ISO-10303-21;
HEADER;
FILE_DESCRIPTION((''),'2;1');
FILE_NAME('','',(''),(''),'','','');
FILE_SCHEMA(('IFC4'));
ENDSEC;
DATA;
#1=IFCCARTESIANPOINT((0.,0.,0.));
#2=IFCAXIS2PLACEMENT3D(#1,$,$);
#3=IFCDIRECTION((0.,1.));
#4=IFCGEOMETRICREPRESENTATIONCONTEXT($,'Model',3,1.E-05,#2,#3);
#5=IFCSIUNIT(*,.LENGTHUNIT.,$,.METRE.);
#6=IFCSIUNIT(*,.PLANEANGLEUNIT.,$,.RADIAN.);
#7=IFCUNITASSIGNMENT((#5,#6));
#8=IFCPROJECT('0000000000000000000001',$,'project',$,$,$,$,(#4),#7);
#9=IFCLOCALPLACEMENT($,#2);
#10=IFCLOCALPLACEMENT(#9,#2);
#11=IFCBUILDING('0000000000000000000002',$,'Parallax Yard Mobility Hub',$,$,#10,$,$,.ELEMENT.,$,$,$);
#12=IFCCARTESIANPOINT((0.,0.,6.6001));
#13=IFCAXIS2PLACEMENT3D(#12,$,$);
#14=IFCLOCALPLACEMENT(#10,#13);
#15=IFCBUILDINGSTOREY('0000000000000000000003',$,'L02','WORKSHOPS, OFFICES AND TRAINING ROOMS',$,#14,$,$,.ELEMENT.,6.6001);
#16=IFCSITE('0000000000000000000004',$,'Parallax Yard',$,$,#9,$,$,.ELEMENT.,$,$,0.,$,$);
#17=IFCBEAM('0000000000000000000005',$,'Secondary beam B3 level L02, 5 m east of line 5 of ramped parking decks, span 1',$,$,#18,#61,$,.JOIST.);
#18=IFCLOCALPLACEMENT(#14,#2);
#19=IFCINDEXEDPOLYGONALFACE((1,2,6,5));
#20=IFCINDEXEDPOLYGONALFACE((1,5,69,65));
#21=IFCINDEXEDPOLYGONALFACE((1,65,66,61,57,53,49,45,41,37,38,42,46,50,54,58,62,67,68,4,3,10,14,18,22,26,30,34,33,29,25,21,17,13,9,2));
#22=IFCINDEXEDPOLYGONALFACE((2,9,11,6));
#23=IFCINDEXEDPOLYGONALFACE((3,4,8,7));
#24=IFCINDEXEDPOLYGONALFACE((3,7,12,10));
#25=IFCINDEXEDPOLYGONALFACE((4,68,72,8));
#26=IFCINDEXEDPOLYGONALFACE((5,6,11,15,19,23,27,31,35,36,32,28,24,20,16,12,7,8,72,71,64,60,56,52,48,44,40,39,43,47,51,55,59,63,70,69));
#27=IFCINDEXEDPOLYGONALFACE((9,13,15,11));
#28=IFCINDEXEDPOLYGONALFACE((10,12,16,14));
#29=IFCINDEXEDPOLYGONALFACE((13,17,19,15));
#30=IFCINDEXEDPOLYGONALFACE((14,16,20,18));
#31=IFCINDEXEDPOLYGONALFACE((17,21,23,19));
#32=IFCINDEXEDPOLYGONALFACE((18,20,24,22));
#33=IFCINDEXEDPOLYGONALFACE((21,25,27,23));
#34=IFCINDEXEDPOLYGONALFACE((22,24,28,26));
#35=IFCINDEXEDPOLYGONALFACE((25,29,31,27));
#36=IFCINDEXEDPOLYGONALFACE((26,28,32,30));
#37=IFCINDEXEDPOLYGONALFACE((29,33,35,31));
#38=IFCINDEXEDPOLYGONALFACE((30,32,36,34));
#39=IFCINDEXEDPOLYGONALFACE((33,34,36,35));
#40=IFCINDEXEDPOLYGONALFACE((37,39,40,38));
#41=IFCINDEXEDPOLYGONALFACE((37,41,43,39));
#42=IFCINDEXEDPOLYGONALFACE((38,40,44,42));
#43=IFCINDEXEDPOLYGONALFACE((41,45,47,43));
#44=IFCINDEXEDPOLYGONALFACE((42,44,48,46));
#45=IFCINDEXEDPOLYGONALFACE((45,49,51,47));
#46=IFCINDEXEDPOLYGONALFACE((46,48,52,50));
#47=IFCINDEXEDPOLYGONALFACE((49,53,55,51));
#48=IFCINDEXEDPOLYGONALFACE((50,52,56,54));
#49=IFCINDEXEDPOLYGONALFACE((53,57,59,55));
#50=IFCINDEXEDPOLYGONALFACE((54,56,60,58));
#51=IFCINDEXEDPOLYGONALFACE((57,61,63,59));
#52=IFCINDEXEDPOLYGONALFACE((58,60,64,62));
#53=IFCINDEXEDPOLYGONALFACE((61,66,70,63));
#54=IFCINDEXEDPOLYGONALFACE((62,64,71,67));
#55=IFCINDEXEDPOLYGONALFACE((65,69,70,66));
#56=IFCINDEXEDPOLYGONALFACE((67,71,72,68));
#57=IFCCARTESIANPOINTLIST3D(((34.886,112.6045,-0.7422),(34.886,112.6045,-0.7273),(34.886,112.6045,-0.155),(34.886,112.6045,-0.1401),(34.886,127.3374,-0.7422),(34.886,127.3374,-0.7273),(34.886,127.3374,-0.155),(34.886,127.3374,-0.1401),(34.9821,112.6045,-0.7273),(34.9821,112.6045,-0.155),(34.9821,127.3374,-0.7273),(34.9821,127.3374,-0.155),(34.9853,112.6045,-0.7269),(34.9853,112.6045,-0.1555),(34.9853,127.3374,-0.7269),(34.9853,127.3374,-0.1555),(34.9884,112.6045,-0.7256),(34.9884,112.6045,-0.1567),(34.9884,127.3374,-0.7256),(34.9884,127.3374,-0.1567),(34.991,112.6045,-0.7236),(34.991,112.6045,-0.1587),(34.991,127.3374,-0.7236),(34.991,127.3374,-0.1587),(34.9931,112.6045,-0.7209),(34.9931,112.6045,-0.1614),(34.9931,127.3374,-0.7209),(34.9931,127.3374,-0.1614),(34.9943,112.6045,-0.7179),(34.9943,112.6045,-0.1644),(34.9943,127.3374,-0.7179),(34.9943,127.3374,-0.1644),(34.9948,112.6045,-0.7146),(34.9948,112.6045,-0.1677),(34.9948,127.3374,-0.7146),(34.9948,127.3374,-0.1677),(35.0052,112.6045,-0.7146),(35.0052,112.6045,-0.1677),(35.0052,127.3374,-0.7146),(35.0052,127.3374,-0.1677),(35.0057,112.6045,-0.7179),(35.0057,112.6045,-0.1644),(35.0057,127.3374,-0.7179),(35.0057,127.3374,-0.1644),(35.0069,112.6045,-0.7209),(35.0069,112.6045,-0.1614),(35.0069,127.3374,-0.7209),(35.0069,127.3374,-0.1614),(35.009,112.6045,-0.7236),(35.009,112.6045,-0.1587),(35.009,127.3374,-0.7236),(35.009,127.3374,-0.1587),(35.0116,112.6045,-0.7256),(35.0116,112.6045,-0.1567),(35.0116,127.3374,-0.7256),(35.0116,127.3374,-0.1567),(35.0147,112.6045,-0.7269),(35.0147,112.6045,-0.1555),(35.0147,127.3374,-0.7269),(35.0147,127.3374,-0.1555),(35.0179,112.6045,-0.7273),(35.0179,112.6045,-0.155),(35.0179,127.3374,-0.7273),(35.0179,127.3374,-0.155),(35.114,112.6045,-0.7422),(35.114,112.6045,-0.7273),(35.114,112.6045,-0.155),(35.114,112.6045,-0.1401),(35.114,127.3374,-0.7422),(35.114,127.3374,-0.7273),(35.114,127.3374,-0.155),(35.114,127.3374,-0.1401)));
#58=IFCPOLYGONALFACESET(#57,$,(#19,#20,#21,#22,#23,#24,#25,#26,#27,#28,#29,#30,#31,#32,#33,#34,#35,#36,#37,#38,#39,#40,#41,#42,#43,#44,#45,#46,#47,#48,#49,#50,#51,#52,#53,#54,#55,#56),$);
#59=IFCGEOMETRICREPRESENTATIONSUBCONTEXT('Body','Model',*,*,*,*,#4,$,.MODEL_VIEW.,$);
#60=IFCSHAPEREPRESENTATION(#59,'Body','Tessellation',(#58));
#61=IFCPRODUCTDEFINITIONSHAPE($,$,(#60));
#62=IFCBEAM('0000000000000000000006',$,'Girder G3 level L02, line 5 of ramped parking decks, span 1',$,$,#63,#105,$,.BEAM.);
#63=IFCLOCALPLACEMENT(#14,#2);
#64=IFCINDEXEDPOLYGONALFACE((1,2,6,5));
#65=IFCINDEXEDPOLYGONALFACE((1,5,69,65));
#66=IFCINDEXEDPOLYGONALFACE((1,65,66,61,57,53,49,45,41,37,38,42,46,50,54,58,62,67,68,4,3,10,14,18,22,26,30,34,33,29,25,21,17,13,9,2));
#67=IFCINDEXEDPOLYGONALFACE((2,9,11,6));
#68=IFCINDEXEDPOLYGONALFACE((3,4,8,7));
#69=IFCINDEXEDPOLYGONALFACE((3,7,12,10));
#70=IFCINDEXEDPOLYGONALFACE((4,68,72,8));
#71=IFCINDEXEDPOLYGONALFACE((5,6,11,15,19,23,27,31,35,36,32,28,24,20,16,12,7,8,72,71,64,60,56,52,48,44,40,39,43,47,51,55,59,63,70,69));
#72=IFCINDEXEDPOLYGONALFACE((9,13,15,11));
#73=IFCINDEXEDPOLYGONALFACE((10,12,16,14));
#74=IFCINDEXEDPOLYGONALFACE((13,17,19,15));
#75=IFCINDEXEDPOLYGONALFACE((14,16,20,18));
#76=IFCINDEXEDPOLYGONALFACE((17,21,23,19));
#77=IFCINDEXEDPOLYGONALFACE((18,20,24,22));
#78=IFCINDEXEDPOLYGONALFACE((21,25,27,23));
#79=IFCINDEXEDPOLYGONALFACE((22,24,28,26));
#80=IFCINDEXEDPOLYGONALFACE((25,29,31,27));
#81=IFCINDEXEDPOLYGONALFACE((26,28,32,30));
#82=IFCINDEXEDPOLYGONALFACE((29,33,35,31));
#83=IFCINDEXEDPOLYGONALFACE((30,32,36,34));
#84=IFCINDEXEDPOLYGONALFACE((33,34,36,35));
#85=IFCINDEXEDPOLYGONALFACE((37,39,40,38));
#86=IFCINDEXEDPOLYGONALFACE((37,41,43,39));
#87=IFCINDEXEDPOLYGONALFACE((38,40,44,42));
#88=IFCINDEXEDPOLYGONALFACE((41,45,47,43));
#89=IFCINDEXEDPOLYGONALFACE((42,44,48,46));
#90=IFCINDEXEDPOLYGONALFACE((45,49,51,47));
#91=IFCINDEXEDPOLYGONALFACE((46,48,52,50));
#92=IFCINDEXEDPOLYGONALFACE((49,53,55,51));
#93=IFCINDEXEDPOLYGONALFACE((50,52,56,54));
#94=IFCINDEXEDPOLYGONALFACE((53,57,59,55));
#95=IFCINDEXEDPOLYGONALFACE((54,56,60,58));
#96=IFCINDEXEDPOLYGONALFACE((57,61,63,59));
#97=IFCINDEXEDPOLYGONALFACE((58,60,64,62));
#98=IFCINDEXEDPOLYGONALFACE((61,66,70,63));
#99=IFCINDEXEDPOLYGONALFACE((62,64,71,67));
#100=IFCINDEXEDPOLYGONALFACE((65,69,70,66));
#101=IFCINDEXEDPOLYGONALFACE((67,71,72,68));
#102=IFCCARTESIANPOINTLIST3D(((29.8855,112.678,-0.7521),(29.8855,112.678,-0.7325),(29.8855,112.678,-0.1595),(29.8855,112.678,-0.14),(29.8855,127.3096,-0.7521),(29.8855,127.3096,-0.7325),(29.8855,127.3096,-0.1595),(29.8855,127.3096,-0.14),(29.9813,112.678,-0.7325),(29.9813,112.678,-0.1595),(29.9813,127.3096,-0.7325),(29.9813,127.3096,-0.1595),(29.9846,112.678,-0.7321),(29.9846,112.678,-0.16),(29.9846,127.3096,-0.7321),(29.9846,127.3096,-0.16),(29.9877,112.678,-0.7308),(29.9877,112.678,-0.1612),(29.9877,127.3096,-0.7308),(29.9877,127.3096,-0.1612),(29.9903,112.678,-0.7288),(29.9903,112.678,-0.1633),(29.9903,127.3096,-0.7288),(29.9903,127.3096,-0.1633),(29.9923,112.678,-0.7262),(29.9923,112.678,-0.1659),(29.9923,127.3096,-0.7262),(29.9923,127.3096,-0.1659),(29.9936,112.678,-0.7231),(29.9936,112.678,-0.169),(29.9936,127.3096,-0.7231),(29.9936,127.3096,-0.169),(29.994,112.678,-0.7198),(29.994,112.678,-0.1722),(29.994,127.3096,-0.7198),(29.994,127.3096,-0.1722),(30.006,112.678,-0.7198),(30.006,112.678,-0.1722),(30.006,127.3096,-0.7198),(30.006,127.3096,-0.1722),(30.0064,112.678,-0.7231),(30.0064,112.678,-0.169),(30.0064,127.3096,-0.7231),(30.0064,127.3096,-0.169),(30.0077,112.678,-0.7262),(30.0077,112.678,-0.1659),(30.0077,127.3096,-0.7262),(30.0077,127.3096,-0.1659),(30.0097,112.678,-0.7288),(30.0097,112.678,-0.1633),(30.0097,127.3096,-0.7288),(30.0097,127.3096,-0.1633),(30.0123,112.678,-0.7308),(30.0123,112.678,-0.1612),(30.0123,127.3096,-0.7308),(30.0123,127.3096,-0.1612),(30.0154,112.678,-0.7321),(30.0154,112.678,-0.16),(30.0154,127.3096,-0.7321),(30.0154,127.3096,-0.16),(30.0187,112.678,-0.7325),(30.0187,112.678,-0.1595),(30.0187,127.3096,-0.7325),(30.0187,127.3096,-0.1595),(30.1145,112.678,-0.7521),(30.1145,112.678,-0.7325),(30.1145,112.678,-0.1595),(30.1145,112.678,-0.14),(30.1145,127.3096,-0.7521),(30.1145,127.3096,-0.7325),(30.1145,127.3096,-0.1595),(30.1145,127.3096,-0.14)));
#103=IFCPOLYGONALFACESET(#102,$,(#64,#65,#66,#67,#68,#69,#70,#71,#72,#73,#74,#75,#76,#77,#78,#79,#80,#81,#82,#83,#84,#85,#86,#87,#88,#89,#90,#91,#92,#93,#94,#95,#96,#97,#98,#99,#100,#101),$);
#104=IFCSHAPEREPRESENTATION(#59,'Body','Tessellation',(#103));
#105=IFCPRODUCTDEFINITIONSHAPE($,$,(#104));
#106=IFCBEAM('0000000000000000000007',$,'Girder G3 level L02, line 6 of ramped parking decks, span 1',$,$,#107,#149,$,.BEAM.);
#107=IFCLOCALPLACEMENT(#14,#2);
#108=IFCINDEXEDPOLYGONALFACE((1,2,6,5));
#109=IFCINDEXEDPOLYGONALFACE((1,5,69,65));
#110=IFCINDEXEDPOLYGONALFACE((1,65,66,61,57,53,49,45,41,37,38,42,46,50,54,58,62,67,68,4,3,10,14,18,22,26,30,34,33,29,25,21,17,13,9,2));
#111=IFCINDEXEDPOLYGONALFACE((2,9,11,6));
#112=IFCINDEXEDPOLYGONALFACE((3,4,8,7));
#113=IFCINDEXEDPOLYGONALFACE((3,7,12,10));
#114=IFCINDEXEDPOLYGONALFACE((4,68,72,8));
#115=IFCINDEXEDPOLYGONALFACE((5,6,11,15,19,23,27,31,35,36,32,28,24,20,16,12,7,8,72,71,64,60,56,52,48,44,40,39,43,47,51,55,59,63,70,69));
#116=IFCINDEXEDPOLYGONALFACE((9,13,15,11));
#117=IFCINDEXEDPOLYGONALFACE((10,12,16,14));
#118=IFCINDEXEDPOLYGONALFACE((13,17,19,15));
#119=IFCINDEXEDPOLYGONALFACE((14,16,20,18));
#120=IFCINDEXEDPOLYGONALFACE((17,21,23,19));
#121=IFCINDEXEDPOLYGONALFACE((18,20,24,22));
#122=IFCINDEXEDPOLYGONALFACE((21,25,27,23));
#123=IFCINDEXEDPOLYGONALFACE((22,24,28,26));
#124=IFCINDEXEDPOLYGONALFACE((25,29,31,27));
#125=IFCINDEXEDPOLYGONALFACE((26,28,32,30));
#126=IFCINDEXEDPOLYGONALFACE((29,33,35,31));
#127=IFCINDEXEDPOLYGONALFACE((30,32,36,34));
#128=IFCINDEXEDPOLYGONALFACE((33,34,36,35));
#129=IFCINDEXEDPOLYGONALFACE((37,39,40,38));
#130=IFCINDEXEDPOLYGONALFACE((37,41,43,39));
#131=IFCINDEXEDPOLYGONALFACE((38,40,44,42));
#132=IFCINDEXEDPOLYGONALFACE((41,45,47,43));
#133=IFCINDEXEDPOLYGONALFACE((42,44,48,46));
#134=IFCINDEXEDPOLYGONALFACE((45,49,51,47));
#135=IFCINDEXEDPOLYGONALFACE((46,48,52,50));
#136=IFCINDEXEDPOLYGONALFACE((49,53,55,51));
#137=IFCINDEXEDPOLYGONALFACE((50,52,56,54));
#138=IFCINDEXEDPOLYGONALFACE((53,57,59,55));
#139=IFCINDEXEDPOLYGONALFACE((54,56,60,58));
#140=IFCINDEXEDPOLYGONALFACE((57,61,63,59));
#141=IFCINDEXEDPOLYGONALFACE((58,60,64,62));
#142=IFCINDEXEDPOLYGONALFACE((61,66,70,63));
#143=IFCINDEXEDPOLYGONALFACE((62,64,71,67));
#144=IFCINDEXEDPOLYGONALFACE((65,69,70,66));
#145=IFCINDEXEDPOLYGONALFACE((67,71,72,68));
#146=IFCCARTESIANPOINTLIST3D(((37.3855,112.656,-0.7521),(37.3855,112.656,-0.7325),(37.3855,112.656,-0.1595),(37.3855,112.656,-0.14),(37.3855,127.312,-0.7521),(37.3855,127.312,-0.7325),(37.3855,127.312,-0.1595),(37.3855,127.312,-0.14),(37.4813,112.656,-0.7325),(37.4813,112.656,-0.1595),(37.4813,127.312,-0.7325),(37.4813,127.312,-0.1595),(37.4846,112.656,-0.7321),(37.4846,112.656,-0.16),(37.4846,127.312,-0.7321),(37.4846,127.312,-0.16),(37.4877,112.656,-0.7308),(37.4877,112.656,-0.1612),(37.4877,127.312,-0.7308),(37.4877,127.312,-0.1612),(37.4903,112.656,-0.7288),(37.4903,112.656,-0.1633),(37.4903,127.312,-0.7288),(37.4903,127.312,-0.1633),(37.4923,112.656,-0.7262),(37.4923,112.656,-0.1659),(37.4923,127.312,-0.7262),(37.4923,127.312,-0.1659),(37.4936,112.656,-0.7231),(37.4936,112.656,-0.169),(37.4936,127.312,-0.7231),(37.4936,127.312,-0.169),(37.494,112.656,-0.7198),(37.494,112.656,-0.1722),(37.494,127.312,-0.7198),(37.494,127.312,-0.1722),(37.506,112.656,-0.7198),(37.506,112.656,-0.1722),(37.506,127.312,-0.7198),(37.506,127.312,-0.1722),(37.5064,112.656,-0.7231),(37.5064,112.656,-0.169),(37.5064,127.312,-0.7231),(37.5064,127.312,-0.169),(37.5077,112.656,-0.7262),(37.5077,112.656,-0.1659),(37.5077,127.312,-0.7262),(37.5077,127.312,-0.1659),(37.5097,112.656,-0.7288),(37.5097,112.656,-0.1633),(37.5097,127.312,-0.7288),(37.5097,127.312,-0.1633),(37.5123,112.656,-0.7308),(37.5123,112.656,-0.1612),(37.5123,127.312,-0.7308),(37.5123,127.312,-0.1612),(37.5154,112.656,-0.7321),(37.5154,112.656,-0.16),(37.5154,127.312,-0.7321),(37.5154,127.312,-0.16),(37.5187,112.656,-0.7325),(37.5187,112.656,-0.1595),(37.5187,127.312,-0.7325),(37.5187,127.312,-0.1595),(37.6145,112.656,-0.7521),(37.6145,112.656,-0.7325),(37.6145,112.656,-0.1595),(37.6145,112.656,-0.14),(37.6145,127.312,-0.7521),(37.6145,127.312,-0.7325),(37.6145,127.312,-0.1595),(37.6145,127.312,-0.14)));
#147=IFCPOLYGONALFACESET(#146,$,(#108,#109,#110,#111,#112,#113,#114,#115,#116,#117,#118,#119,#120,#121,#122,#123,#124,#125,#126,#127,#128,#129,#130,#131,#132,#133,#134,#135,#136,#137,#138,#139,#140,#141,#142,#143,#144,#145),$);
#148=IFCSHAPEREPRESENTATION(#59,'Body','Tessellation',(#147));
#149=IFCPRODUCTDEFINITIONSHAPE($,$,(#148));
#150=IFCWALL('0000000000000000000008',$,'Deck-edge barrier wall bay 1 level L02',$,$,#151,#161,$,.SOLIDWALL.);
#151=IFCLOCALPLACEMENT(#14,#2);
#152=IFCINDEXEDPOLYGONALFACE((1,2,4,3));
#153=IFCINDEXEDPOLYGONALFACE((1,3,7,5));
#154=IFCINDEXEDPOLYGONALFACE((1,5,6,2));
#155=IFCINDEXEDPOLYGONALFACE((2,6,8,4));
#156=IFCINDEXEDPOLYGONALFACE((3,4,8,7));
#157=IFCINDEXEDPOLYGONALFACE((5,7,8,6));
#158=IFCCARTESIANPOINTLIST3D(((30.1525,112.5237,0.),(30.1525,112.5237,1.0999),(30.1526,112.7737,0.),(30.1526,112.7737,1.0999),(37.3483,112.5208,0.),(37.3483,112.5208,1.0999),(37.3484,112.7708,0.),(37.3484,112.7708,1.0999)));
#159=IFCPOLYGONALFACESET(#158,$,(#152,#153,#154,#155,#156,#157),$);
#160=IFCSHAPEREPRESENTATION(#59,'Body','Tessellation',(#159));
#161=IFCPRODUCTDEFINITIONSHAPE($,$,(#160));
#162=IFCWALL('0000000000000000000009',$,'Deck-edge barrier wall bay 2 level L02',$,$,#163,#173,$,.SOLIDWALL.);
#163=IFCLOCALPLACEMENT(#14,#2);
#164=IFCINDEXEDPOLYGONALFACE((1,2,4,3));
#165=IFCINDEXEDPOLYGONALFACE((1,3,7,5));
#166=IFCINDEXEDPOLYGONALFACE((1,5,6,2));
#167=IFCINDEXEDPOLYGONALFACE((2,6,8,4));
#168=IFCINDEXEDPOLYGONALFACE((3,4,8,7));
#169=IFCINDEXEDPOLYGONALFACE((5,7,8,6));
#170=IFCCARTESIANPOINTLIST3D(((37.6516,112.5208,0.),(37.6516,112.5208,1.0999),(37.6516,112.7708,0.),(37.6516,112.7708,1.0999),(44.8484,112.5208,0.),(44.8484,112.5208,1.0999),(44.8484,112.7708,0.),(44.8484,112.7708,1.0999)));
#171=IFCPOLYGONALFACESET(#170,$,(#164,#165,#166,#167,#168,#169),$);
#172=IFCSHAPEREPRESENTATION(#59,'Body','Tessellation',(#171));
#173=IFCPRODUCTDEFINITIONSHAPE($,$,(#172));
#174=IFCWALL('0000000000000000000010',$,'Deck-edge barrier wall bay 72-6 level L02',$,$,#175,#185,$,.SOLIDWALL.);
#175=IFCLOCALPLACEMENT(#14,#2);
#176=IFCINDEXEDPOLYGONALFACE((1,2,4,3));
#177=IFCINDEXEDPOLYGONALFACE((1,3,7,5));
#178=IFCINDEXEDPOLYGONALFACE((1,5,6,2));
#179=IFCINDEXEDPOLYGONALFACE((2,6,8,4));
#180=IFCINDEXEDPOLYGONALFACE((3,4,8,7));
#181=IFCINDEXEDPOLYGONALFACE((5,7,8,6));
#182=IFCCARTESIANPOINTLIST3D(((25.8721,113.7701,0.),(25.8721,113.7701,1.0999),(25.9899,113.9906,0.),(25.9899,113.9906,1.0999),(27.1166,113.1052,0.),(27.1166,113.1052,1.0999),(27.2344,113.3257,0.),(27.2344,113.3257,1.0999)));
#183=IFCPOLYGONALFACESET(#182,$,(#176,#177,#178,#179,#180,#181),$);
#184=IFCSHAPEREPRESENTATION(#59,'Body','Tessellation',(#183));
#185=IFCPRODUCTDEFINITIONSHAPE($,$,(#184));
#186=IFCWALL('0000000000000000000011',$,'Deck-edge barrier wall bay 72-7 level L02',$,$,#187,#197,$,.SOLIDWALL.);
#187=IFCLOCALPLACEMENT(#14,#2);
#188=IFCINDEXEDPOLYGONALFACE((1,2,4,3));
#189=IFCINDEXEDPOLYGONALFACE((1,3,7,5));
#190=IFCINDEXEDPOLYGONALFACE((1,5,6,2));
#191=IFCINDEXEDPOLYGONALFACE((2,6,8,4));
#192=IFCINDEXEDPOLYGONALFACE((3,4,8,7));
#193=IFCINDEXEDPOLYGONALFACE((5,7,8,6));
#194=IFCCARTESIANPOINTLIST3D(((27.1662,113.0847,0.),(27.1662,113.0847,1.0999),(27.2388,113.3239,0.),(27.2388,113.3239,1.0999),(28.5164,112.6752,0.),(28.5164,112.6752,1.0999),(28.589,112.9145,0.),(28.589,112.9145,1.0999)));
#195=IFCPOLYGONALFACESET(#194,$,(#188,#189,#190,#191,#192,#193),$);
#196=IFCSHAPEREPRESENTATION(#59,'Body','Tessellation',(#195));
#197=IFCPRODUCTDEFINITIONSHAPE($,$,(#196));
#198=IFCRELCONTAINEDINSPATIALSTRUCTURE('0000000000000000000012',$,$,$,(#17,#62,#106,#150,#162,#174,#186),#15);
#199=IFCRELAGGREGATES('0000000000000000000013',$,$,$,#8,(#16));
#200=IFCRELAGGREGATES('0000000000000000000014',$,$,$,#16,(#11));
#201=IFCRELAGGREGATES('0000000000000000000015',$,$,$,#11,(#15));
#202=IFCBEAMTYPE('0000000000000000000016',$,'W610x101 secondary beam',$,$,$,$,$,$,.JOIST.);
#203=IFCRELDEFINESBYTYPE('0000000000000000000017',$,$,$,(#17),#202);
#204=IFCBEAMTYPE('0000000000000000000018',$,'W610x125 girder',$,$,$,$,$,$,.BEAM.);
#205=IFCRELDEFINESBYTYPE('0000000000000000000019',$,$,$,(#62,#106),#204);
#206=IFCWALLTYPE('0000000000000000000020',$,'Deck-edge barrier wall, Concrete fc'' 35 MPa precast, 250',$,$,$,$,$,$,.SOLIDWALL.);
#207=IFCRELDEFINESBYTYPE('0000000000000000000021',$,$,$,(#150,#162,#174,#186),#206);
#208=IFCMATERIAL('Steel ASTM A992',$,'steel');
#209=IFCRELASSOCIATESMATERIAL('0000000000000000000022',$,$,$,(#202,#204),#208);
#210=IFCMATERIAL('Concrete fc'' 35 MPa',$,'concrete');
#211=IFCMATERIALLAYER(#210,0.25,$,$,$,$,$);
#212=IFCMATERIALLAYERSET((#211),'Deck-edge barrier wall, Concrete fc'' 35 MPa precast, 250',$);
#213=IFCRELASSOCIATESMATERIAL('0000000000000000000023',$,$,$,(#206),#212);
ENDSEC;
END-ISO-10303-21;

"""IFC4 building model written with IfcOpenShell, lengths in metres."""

from ifc_helpers import new_model, si_unit, direction, frame, frame_2d, origin, origin_2d, place, context, subcontext, project, spatial, rectangle, i_section, extrude, material, layer, layer_set, material_profile, profile_set, type_object, element, save


model = new_model("IFC4")

# Units and contexts
model_context = context("Model", 3, precision=1e-05, world=origin(), true_north=direction((0.0, 1.0)))
body_context = subcontext(model_context, "Body", "Model", "MODEL_VIEW")
ifc_project = project(units=[si_unit("LENGTHUNIT", "METRE"), si_unit("PLANEANGLEUNIT", "RADIAN")], contexts=[model_context])

# Site, building, storey
site_placement = place(None, origin())
site = spatial("IfcSite", under=ifc_project, at=site_placement, Name="Parallax Yard", CompositionType="ELEMENT", RefElevation=0.0)
building_placement = place(site_placement, origin())
building = spatial("IfcBuilding", under=site, at=building_placement, Name="Parallax Yard Mobility Hub", CompositionType="ELEMENT")
storey_placement = place(building_placement, frame((0.0, 0.0, 6.6001)))
storey = spatial("IfcBuildingStorey", under=building, at=storey_placement, Name="L02", Description="WORKSHOPS, OFFICES AND TRAINING ROOMS", CompositionType="ELEMENT", Elevation=6.6001)

# Shared definitions
ifc_material_1 = material(Name="Steel ASTM A992", Category="steel")

# Beams
ifc_material_profile_1 = material_profile(ifc_material_1, i_section(OverallWidth=0.228, OverallDepth=0.6021, WebThickness=0.0105, FlangeThickness=0.0149, FilletRadius=0.0127, at=origin_2d()), Name="W610x101")
ifc_profile_set_1 = profile_set([ifc_material_profile_1], Name="Steel ASTM A992")
beam_type_1 = type_object("IfcBeamType", Name="W610x101 secondary beam", PredefinedType="JOIST", material=ifc_profile_set_1)
beam_1_placement = place(storey_placement, frame((35.0, 112.6045, -0.4412), z_axis=(0.0, 1.0, 0.0), x_axis=(-1.0, 0.0, 0.0)))
element("IfcBeam", 1, at=beam_1_placement, inside=storey, type_object=beam_type_1, Name="Secondary beam B3 level L02, 5 m east of line 5 of ramped parking decks, span 1", PredefinedType="JOIST", context=body_context, shape_type="SweptSolid", body=[
    extrude(i_section(OverallWidth=0.228, OverallDepth=0.6021, WebThickness=0.0105, FlangeThickness=0.0149, FilletRadius=0.0127, at=origin_2d()), origin(), (0.0, 0.0, 1.0), 14.7329),
])
ifc_material_profile_2 = material_profile(ifc_material_1, i_section(OverallWidth=0.229, OverallDepth=0.6121, WebThickness=0.012, FlangeThickness=0.0195, FilletRadius=0.0127, at=origin_2d()), Name="W610x125")
ifc_profile_set_2 = profile_set([ifc_material_profile_2], Name="Steel ASTM A992")
beam_type_2 = type_object("IfcBeamType", Name="W610x125 girder", PredefinedType="BEAM", material=ifc_profile_set_2)
beam_2_placement = place(storey_placement, frame((30.0, 112.678, -0.446), z_axis=(0.0, 1.0, 0.0), x_axis=(-1.0, 0.0, 0.0)))
element("IfcBeam", 2, at=beam_2_placement, inside=storey, type_object=beam_type_2, Name="Girder G3 level L02, line 5 of ramped parking decks, span 1", PredefinedType="BEAM", context=body_context, shape_type="SweptSolid", body=[
    extrude(i_section(OverallWidth=0.229, OverallDepth=0.6121, WebThickness=0.012, FlangeThickness=0.0195, FilletRadius=0.0127, at=origin_2d()), origin(), (0.0, 0.0, 1.0), 14.6316),
])
beam_3_placement = place(storey_placement, frame((37.5, 112.656, -0.446), z_axis=(0.0, 1.0, 0.0), x_axis=(-1.0, 0.0, 0.0)))
element("IfcBeam", 3, at=beam_3_placement, inside=storey, type_object=beam_type_2, Name="Girder G3 level L02, line 6 of ramped parking decks, span 1", PredefinedType="BEAM", context=body_context, shape_type="SweptSolid", body=[
    extrude(i_section(OverallWidth=0.229, OverallDepth=0.6121, WebThickness=0.012, FlangeThickness=0.0195, FilletRadius=0.0127, at=origin_2d()), origin(), (0.0, 0.0, 1.0), 14.656),
])

# Walls
ifc_material_2 = material(Name="Concrete fc' 35 MPa", Category="concrete")
ifc_layer_1 = layer(ifc_material_2, 0.25)
ifc_layer_set_1 = layer_set([ifc_layer_1], Name="Deck-edge barrier wall, Concrete fc' 35 MPa precast, 250")
wall_type = type_object("IfcWallType", Name="Deck-edge barrier wall, Concrete fc' 35 MPa precast, 250", PredefinedType="SOLIDWALL", material=ifc_layer_set_1)
wall_1_placement = place(storey_placement, frame((30.1526, 112.6487, 0.0), z_axis=(0.0, 0.0, 1.0), x_axis=(1.0, -0.000407, 0.0)))
element("IfcWall", 4, at=wall_1_placement, inside=storey, type_object=wall_type, Name="Deck-edge barrier wall bay 1 level L02", PredefinedType="SOLIDWALL", context=body_context, shape_type="SweptSolid", body=[
    extrude(rectangle(XDim=7.1958, YDim=0.25, at=frame_2d((3.5979, 0.0))), origin(), (0.0, 0.0, 1.0), 1.0999),
])
wall_2_placement = place(storey_placement, frame((37.6516, 112.6458, 0.0), z_axis=(0.0, 0.0, 1.0), x_axis=(1.0, 0.0, 0.0)))
element("IfcWall", 5, at=wall_2_placement, inside=storey, type_object=wall_type, Name="Deck-edge barrier wall bay 2 level L02", PredefinedType="SOLIDWALL", context=body_context, shape_type="SweptSolid", body=[
    extrude(rectangle(XDim=7.1968, YDim=0.25, at=frame_2d((3.5984, 0.0))), origin(), (0.0, 0.0, 1.0), 1.0999),
])
for number, where, z_axis, x_axis, name in (
    (6, (25.9309, 113.8804, 0.0), (0.0, 0.0, 1.0), (0.882022, -0.471208, 0.0), "Deck-edge barrier wall bay 72-6 level L02"),
    (7, (27.2024, 113.2043, 0.0), (0.0, 0.0, 1.0), (0.956965, -0.290204, 0.0), "Deck-edge barrier wall bay 72-7 level L02"),
):
    element("IfcWall", number, at=place(storey_placement, frame(where, z_axis=z_axis, x_axis=x_axis)), inside=storey, type_object=wall_type, Name=name, PredefinedType="SOLIDWALL", context=body_context, shape_type="SweptSolid", body=[
        extrude(rectangle(XDim=1.4109, YDim=0.25, at=frame_2d((0.7056, 0.0))), origin(), (0.0, 0.0, 1.0), 1.0999),
    ])

save(model, "model.ifc")
